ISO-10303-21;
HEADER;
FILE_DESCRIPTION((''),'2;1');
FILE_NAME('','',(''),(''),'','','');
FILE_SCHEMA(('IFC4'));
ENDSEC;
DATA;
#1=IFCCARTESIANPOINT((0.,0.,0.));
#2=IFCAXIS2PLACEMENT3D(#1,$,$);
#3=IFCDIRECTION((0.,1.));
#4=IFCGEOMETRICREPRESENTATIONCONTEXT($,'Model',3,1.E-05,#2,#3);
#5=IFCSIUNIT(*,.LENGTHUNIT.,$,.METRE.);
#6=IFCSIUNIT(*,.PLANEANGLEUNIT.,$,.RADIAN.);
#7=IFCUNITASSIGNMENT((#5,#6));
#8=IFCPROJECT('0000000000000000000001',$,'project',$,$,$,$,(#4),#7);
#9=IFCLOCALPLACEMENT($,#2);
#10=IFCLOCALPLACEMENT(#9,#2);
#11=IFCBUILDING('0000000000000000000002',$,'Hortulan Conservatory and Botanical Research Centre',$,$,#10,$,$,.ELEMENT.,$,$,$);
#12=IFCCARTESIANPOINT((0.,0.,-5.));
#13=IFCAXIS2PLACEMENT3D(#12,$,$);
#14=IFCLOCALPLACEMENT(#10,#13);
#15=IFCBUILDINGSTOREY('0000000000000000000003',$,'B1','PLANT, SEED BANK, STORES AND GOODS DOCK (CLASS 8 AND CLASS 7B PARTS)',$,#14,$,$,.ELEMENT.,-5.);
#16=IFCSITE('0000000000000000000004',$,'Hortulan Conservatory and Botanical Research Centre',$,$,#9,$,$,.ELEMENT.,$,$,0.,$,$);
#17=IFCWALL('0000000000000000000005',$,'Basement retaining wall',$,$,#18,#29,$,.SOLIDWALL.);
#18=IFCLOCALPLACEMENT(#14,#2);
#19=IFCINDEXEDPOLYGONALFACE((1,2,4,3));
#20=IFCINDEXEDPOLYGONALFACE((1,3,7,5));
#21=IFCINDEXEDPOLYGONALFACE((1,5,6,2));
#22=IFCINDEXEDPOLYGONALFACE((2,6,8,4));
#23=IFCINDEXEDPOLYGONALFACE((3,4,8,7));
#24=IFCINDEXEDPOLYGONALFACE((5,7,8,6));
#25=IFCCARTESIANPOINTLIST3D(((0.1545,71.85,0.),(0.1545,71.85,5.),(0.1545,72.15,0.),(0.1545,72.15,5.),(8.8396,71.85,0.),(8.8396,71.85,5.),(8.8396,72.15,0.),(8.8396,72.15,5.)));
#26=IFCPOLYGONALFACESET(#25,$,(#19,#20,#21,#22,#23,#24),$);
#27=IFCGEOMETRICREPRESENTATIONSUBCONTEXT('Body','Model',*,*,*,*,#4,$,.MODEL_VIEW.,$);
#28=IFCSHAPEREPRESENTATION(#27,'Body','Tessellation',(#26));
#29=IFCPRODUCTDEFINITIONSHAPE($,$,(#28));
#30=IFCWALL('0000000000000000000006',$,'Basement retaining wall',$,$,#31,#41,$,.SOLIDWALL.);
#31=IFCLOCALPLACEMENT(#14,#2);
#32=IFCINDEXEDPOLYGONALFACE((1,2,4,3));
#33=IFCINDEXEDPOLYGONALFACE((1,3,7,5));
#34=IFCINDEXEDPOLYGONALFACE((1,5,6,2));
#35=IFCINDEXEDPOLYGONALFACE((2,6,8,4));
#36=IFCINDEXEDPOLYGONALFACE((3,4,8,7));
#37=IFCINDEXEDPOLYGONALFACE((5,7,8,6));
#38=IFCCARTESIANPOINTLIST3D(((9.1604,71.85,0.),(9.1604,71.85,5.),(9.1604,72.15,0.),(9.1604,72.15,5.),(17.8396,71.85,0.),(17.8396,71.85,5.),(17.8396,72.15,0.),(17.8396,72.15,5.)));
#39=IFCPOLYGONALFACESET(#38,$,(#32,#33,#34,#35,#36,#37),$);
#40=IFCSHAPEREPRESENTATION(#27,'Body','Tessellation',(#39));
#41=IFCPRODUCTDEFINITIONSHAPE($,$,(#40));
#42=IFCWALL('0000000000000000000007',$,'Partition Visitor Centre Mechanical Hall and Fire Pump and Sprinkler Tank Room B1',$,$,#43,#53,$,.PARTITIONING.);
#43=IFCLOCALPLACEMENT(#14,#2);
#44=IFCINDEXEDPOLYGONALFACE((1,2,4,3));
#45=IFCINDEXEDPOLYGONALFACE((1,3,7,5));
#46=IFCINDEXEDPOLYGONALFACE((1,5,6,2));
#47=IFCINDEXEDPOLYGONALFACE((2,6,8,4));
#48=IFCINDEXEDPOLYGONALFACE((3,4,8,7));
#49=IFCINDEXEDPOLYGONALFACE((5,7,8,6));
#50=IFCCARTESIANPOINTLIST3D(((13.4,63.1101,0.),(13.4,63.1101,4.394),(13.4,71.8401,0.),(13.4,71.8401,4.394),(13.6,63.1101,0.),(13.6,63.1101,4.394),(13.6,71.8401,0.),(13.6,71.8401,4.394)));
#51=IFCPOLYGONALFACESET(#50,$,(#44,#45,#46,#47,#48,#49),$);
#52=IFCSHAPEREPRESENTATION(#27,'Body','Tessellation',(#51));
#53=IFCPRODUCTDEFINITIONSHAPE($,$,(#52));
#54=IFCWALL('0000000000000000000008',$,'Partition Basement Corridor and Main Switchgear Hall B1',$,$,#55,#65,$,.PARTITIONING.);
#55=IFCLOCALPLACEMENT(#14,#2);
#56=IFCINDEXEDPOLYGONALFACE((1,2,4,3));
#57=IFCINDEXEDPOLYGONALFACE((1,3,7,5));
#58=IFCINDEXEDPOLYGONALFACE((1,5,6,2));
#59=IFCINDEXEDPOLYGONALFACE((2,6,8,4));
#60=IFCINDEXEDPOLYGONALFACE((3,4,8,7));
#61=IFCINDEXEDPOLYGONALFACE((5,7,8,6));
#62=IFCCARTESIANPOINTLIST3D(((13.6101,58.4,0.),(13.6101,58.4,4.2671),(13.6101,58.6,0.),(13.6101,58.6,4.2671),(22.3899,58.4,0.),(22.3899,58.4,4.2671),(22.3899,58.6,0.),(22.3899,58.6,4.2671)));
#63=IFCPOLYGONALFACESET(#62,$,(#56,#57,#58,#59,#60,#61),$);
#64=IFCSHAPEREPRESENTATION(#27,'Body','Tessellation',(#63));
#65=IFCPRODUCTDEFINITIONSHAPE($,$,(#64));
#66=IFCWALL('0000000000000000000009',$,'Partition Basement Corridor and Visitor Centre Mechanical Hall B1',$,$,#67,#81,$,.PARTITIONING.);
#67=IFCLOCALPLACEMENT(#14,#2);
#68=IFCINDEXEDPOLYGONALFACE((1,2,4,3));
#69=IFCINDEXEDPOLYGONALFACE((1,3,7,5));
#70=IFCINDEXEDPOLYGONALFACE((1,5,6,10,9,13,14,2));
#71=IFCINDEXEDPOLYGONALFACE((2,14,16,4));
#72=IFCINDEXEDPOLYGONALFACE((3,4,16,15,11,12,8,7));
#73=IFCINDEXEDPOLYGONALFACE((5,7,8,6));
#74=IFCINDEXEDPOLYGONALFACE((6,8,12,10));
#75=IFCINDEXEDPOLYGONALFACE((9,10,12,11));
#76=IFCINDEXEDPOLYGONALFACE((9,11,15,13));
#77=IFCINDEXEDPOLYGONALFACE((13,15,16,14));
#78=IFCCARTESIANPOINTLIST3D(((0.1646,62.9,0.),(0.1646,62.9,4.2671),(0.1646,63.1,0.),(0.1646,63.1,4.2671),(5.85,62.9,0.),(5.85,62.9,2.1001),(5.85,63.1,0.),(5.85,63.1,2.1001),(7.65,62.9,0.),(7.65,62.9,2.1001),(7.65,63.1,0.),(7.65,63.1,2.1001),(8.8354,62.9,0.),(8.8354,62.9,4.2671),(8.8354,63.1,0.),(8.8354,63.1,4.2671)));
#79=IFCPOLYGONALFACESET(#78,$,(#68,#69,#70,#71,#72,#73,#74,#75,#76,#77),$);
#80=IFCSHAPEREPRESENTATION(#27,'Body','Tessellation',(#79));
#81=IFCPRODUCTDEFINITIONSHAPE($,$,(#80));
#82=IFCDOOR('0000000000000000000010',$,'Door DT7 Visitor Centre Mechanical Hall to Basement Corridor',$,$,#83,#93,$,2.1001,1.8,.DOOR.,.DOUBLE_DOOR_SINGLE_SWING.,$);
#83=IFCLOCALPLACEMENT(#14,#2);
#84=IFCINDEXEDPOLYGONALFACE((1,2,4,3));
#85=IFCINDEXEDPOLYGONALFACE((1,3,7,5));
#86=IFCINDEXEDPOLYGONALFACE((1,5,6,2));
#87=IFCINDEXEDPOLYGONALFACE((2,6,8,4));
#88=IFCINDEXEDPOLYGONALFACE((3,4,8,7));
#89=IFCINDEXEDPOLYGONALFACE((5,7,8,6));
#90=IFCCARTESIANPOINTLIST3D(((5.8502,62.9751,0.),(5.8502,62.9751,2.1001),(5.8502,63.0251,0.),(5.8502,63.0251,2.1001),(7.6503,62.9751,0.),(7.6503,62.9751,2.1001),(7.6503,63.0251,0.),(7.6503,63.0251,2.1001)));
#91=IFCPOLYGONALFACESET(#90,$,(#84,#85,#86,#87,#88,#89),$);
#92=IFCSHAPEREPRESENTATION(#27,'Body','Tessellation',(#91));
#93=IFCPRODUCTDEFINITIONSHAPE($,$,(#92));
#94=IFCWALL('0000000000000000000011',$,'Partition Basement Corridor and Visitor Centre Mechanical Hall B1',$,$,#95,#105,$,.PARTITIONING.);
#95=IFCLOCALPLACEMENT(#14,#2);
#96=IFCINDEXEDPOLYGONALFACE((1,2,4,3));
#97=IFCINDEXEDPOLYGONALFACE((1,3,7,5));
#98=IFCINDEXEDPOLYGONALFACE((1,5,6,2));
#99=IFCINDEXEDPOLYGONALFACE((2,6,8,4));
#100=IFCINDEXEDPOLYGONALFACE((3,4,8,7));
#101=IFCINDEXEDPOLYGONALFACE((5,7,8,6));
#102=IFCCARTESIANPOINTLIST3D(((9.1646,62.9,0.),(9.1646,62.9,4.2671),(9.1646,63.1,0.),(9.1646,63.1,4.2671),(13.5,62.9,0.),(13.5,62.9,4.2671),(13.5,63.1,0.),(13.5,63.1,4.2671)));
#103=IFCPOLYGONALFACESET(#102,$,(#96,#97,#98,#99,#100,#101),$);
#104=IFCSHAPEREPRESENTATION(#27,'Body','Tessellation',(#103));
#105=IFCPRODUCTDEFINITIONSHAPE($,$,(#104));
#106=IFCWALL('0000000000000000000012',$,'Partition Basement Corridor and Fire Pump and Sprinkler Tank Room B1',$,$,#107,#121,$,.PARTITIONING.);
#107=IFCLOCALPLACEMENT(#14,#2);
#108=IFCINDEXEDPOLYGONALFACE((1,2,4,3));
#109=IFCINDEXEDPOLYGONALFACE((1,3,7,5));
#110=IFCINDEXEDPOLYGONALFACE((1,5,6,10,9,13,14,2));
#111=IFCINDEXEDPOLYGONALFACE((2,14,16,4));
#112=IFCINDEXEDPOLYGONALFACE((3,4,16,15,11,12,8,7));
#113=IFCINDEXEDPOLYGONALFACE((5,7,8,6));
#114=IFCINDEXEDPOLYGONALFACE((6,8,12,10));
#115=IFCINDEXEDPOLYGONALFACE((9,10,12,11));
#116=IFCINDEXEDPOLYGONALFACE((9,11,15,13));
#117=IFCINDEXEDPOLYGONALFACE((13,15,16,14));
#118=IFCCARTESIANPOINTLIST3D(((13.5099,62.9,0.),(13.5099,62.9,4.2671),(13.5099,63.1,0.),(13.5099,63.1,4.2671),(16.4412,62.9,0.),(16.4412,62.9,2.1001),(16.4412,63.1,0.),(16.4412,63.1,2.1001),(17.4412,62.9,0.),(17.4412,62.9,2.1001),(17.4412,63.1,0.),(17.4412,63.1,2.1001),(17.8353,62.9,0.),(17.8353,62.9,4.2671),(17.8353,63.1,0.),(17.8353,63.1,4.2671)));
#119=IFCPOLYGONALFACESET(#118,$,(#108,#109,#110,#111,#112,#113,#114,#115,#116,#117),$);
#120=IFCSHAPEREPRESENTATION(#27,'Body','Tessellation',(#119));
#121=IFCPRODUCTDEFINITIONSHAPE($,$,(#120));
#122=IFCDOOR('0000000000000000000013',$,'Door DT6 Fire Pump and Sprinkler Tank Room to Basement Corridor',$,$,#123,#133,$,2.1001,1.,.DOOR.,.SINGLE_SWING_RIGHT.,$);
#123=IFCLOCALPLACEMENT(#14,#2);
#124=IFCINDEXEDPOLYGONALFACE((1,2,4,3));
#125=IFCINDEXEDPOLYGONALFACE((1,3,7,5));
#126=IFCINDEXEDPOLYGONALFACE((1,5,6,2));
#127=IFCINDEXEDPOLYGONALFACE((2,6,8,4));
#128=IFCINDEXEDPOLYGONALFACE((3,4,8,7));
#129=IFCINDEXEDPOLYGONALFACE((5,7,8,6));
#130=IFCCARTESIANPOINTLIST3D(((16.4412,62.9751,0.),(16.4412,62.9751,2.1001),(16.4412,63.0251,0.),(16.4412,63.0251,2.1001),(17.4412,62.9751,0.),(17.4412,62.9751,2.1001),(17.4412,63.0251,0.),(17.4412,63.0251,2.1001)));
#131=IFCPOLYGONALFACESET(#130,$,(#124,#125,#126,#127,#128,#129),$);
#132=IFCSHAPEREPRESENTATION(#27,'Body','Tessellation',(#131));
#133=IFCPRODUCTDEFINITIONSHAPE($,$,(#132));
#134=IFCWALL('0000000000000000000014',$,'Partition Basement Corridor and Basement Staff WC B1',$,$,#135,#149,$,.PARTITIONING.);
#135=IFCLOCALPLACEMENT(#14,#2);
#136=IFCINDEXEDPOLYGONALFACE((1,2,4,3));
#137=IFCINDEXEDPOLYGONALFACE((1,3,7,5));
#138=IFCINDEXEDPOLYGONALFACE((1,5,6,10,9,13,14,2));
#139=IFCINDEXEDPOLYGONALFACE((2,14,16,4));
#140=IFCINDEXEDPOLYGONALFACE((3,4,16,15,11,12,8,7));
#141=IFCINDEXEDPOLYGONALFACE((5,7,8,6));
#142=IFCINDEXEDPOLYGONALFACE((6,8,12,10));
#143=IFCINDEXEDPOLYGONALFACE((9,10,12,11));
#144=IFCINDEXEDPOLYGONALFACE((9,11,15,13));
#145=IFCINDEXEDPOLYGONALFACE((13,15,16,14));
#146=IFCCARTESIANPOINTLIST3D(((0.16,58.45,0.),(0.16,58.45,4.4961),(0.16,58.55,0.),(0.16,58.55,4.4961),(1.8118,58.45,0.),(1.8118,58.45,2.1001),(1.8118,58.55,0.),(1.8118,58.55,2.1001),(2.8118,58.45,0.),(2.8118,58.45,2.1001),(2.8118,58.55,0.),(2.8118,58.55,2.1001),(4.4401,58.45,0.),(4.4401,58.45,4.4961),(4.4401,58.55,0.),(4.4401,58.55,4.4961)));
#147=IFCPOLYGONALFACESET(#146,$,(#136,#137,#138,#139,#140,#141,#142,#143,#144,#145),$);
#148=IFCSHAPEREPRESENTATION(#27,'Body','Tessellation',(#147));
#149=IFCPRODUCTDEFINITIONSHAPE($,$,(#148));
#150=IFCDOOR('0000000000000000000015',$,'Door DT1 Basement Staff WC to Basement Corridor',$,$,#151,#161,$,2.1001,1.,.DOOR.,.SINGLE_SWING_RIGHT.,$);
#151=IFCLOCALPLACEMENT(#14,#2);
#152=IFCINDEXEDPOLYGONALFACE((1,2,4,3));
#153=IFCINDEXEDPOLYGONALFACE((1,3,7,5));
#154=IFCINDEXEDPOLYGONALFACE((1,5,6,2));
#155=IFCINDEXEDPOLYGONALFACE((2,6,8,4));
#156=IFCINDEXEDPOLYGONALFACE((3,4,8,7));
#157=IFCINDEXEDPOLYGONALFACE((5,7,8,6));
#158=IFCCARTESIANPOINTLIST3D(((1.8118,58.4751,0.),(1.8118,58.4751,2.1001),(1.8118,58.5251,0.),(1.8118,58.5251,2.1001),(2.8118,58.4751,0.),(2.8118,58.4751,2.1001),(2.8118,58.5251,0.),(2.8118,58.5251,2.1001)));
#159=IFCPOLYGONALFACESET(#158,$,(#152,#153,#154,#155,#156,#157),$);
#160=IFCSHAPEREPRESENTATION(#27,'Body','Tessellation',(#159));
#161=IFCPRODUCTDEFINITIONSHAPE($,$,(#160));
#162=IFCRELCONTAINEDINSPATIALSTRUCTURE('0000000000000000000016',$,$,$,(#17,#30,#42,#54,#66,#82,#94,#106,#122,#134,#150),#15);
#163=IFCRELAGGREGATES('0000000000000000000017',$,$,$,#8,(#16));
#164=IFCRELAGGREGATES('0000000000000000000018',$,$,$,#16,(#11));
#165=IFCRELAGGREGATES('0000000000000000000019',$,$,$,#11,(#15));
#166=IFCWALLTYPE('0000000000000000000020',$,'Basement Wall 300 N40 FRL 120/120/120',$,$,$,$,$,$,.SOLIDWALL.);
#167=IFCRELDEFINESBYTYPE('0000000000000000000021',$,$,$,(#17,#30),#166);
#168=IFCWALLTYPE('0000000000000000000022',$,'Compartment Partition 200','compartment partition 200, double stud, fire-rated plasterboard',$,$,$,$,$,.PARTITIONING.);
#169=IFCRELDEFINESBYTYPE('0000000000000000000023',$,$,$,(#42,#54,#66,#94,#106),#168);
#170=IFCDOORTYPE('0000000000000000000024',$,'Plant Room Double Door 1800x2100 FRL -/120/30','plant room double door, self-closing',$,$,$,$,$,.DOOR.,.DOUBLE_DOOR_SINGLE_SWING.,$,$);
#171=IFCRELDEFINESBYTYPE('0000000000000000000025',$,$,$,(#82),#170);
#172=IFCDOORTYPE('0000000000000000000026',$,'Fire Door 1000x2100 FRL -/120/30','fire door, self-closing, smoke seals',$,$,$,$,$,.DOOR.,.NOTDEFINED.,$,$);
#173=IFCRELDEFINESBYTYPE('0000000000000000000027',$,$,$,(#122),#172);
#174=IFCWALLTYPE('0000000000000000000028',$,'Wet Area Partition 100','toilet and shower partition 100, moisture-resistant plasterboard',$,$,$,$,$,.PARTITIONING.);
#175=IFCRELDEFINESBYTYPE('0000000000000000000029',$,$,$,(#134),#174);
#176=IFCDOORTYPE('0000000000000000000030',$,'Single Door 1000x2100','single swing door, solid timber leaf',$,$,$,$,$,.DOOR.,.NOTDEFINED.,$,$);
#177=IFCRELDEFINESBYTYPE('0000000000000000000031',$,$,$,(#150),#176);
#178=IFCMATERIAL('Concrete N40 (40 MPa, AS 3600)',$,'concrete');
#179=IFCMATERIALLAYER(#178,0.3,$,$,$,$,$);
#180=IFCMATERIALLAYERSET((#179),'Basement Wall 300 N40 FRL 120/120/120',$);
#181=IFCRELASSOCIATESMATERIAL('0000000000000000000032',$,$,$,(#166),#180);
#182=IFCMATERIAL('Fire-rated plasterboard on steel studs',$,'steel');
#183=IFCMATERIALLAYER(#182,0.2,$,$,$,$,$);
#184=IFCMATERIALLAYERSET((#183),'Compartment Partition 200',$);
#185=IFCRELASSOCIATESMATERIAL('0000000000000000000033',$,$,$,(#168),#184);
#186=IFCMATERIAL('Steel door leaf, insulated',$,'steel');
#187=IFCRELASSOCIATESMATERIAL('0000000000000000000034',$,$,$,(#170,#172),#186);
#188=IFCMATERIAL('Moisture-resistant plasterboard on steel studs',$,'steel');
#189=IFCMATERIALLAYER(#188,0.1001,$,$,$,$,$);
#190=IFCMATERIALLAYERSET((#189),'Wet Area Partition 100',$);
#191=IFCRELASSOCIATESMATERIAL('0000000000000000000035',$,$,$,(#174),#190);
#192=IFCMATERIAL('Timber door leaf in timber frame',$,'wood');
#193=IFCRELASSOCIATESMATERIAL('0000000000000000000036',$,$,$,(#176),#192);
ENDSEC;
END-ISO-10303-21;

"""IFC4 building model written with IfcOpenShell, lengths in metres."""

from ifc_helpers import new_model, si_unit, direction, frame, frame_2d, origin, place, context, subcontext, project, spatial, rectangle, extrude, material, layer, layer_set, type_object, element, fill, save


model = new_model("IFC4")

# Units and contexts
model_context = context("Model", 3, precision=1e-05, world=origin(), true_north=direction((0.0, 1.0)))
body_context = subcontext(model_context, "Body", "Model", "MODEL_VIEW")
ifc_project = project(units=[si_unit("LENGTHUNIT", "METRE"), si_unit("PLANEANGLEUNIT", "RADIAN")], contexts=[model_context])

# Site, building, storey
site_placement = place(None, origin())
site = spatial("IfcSite", under=ifc_project, at=site_placement, Name="Hortulan Conservatory and Botanical Research Centre", CompositionType="ELEMENT", RefElevation=0.0)
building_placement = place(site_placement, origin())
building = spatial("IfcBuilding", under=site, at=building_placement, Name="Hortulan Conservatory and Botanical Research Centre", CompositionType="ELEMENT")
storey_placement = place(building_placement, frame((0.0, 0.0, -5.0)))
storey = spatial("IfcBuildingStorey", under=building, at=storey_placement, Name="B1", Description="PLANT, SEED BANK, STORES AND GOODS DOCK (CLASS 8 AND CLASS 7B PARTS)", CompositionType="ELEMENT", Elevation=-5.0)

# Shared definitions
ifc_material_1 = material(Name="Concrete N40 (40 MPa, AS 3600)", Category="concrete")

# Walls
ifc_layer_1 = layer(ifc_material_1, 0.3)
ifc_layer_set_1 = layer_set([ifc_layer_1], Name="Basement Wall 300 N40 FRL 120/120/120")
wall_type_1 = type_object("IfcWallType", Name="Basement Wall 300 N40 FRL 120/120/120", PredefinedType="SOLIDWALL", material=ifc_layer_set_1)
wall_1_placement = place(storey_placement, frame((0.1545, 72.0, 0.0), z_axis=(0.0, 0.0, 1.0), x_axis=(1.0, 0.0, 0.0)))
element("IfcWall", 1, at=wall_1_placement, inside=storey, type_object=wall_type_1, Name="Basement retaining wall", PredefinedType="SOLIDWALL", context=body_context, shape_type="SweptSolid", body=[
    extrude(rectangle(XDim=8.6851, YDim=0.3, at=frame_2d((4.3425, 0.0))), origin(), (0.0, 0.0, 1.0), 5.0),
])
wall_2_placement = place(storey_placement, frame((9.1604, 72.0, 0.0), z_axis=(0.0, 0.0, 1.0), x_axis=(1.0, 0.0, 0.0)))
element("IfcWall", 2, at=wall_2_placement, inside=storey, type_object=wall_type_1, Name="Basement retaining wall", PredefinedType="SOLIDWALL", context=body_context, shape_type="SweptSolid", body=[
    extrude(rectangle(XDim=8.6792, YDim=0.3, at=frame_2d((4.3396, 0.0))), origin(), (0.0, 0.0, 1.0), 5.0),
])
ifc_material_2 = material(Name="Fire-rated plasterboard on steel studs", Category="steel")
ifc_layer_2 = layer(ifc_material_2, 0.2)
ifc_layer_set_2 = layer_set([ifc_layer_2], Name="Compartment Partition 200")
wall_type_2 = type_object("IfcWallType", Name="Compartment Partition 200", Description="compartment partition 200, double stud, fire-rated plasterboard", PredefinedType="PARTITIONING", material=ifc_layer_set_2)
wall_3_placement = place(storey_placement, frame((13.5, 63.1101, 0.0), z_axis=(0.0, 0.0, 1.0), x_axis=(0.0, 1.0, 0.0)))
element("IfcWall", 3, at=wall_3_placement, inside=storey, type_object=wall_type_2, Name="Partition Visitor Centre Mechanical Hall and Fire Pump and Sprinkler Tank Room B1", PredefinedType="PARTITIONING", context=body_context, shape_type="SweptSolid", body=[
    extrude(rectangle(XDim=8.73, YDim=0.2, at=frame_2d((4.365, 0.0))), origin(), (0.0, 0.0, 1.0), 4.394),
])
wall_4_placement = place(storey_placement, frame((13.6101, 58.5, 0.0), z_axis=(0.0, 0.0, 1.0), x_axis=(1.0, 0.0, 0.0)))
element("IfcWall", 4, at=wall_4_placement, inside=storey, type_object=wall_type_2, Name="Partition Basement Corridor and Main Switchgear Hall B1", PredefinedType="PARTITIONING", context=body_context, shape_type="SweptSolid", body=[
    extrude(rectangle(XDim=8.7798, YDim=0.2, at=frame_2d((4.3899, 0.0))), origin(), (0.0, 0.0, 1.0), 4.2671),
])

# Wall, opening, door
wall_5_placement = place(storey_placement, frame((0.1646, 63.0, 0.0), z_axis=(0.0, 0.0, 1.0), x_axis=(1.0, 0.0, 0.0)))
wall_5 = element("IfcWall", 5, at=wall_5_placement, inside=storey, type_object=wall_type_2, Name="Partition Basement Corridor and Visitor Centre Mechanical Hall B1", PredefinedType="PARTITIONING", context=body_context, shape_type="SweptSolid", body=[
    extrude(rectangle(XDim=8.6709, YDim=0.2, at=frame_2d((4.3354, 0.0))), origin(), (0.0, 0.0, 1.0), 4.2671),
])
opening_1_placement = place(wall_5_placement, frame((5.6855, 0.0, 0.0)))
opening_1 = element("IfcOpeningElement", 6, at=opening_1_placement, cuts=wall_5, PredefinedType="OPENING", context=body_context, shape_type="SweptSolid", body=[
    extrude(rectangle(XDim=1.8, YDim=2.1001, at=frame_2d((0.8999, 1.05))), frame((0.0, 0.1099, 0.0), z_axis=(0.0, -1.0, 0.0), x_axis=(1.0, 0.0, 0.0)), (0.0, 0.0, 1.0), 0.22),
])
ifc_material_3 = material(Name="Steel door leaf, insulated", Category="steel")
door_type_1 = type_object("IfcDoorType", Name="Plant Room Double Door 1800x2100 FRL -/120/30", Description="plant room double door, self-closing", OperationType="DOUBLE_DOOR_SINGLE_SWING", PredefinedType="DOOR", material=ifc_material_3)
door_1_placement = place(opening_1_placement, frame((1.8, 0.0, 0.0), z_axis=(0.0, 0.0, 1.0), x_axis=(-1.0, 0.0, 0.0)))
door_1 = element("IfcDoor", 7, at=door_1_placement, inside=storey, type_object=door_type_1, Name="Door DT7 Visitor Centre Mechanical Hall to Basement Corridor", OperationType="DOUBLE_DOOR_SINGLE_SWING", OverallHeight=2.1001, OverallWidth=1.8, PredefinedType="DOOR", context=body_context, shape_type="SweptSolid", body=[
    extrude(rectangle(XDim=1.8, YDim=2.1001, at=frame_2d((0.8999, 1.05))), frame((0.0, 0.0249, 0.0), z_axis=(0.0, -1.0, 0.0), x_axis=(1.0, 0.0, 0.0)), (0.0, 0.0, 1.0), 0.05),
])
fill(opening_1, door_1)

# Wall
wall_6_placement = place(storey_placement, frame((9.1646, 63.0, 0.0), z_axis=(0.0, 0.0, 1.0), x_axis=(1.0, 0.0, 0.0)))
element("IfcWall", 8, at=wall_6_placement, inside=storey, type_object=wall_type_2, Name="Partition Basement Corridor and Visitor Centre Mechanical Hall B1", PredefinedType="PARTITIONING", context=body_context, shape_type="SweptSolid", body=[
    extrude(rectangle(XDim=4.3354, YDim=0.2, at=frame_2d((2.1677, 0.0))), origin(), (0.0, 0.0, 1.0), 4.2671),
])

# Walls, openings, doors
wall_7_placement = place(storey_placement, frame((13.51, 63.0, 0.0), z_axis=(0.0, 0.0, 1.0), x_axis=(1.0, 0.0, 0.0)))
wall_7 = element("IfcWall", 9, at=wall_7_placement, inside=storey, type_object=wall_type_2, Name="Partition Basement Corridor and Fire Pump and Sprinkler Tank Room B1", PredefinedType="PARTITIONING", context=body_context, shape_type="SweptSolid", body=[
    extrude(rectangle(XDim=4.3254, YDim=0.2, at=frame_2d((2.1626, 0.0))), origin(), (0.0, 0.0, 1.0), 4.2671),
])
opening_2_placement = place(wall_7_placement, frame((2.9312, 0.0, 0.0)))
opening_2 = element("IfcOpeningElement", 10, at=opening_2_placement, cuts=wall_7, PredefinedType="OPENING", context=body_context, shape_type="SweptSolid", body=[
    extrude(rectangle(XDim=1.0, YDim=2.1001, at=frame_2d((0.5, 1.05))), frame((0.0, 0.1099, 0.0), z_axis=(0.0, -1.0, 0.0), x_axis=(1.0, 0.0, 0.0)), (0.0, 0.0, 1.0), 0.22),
])
door_type_2 = type_object("IfcDoorType", Name="Fire Door 1000x2100 FRL -/120/30", Description="fire door, self-closing, smoke seals", OperationType="NOTDEFINED", PredefinedType="DOOR", material=ifc_material_3)
door_2_placement = place(opening_2_placement, frame((1.0, 0.0, 0.0), z_axis=(0.0, 0.0, 1.0), x_axis=(-1.0, 0.0, 0.0)))
door_2 = element("IfcDoor", 11, at=door_2_placement, inside=storey, type_object=door_type_2, Name="Door DT6 Fire Pump and Sprinkler Tank Room to Basement Corridor", OperationType="SINGLE_SWING_RIGHT", OverallHeight=2.1001, OverallWidth=1.0, PredefinedType="DOOR", context=body_context, shape_type="SweptSolid", body=[
    extrude(rectangle(XDim=1.0, YDim=2.1001, at=frame_2d((0.5, 1.05))), frame((0.0, 0.0249, 0.0), z_axis=(0.0, -1.0, 0.0), x_axis=(1.0, 0.0, 0.0)), (0.0, 0.0, 1.0), 0.05),
])
fill(opening_2, door_2)
ifc_material_4 = material(Name="Moisture-resistant plasterboard on steel studs", Category="steel")
ifc_layer_3 = layer(ifc_material_4, 0.1001)
ifc_layer_set_3 = layer_set([ifc_layer_3], Name="Wet Area Partition 100")
wall_type_3 = type_object("IfcWallType", Name="Wet Area Partition 100", Description="toilet and shower partition 100, moisture-resistant plasterboard", PredefinedType="PARTITIONING", material=ifc_layer_set_3)
wall_8_placement = place(storey_placement, frame((0.1599, 58.5, 0.0), z_axis=(0.0, 0.0, 1.0), x_axis=(1.0, 0.0, 0.0)))
wall_8 = element("IfcWall", 12, at=wall_8_placement, inside=storey, type_object=wall_type_3, Name="Partition Basement Corridor and Basement Staff WC B1", PredefinedType="PARTITIONING", context=body_context, shape_type="SweptSolid", body=[
    extrude(rectangle(XDim=4.28, YDim=0.1001, at=frame_2d((2.1401, 0.0))), origin(), (0.0, 0.0, 1.0), 4.4961),
])
opening_3_placement = place(wall_8_placement, frame((1.6519, 0.0, 0.0)))
opening_3 = element("IfcOpeningElement", 13, at=opening_3_placement, cuts=wall_8, PredefinedType="OPENING", context=body_context, shape_type="SweptSolid", body=[
    extrude(rectangle(XDim=1.0, YDim=2.1001, at=frame_2d((0.5, 1.05))), frame((0.0, 0.0601, 0.0), z_axis=(0.0, -1.0, 0.0), x_axis=(1.0, 0.0, 0.0)), (0.0, 0.0, 1.0), 0.1201),
])
ifc_material_5 = material(Name="Timber door leaf in timber frame", Category="wood")
door_type_3 = type_object("IfcDoorType", Name="Single Door 1000x2100", Description="single swing door, solid timber leaf", OperationType="NOTDEFINED", PredefinedType="DOOR", material=ifc_material_5)
door_3_placement = place(opening_3_placement, frame((1.0, 0.0, 0.0), z_axis=(0.0, 0.0, 1.0), x_axis=(-1.0, 0.0, 0.0)))
door_3 = element("IfcDoor", 14, at=door_3_placement, inside=storey, type_object=door_type_3, Name="Door DT1 Basement Staff WC to Basement Corridor", OperationType="SINGLE_SWING_RIGHT", OverallHeight=2.1001, OverallWidth=1.0, PredefinedType="DOOR", context=body_context, shape_type="SweptSolid", body=[
    extrude(rectangle(XDim=1.0, YDim=2.1001, at=frame_2d((0.5, 1.05))), frame((0.0, 0.0249, 0.0), z_axis=(0.0, -1.0, 0.0), x_axis=(1.0, 0.0, 0.0)), (0.0, 0.0, 1.0), 0.05),
])
fill(opening_3, door_3)

save(model, "model.ifc")
